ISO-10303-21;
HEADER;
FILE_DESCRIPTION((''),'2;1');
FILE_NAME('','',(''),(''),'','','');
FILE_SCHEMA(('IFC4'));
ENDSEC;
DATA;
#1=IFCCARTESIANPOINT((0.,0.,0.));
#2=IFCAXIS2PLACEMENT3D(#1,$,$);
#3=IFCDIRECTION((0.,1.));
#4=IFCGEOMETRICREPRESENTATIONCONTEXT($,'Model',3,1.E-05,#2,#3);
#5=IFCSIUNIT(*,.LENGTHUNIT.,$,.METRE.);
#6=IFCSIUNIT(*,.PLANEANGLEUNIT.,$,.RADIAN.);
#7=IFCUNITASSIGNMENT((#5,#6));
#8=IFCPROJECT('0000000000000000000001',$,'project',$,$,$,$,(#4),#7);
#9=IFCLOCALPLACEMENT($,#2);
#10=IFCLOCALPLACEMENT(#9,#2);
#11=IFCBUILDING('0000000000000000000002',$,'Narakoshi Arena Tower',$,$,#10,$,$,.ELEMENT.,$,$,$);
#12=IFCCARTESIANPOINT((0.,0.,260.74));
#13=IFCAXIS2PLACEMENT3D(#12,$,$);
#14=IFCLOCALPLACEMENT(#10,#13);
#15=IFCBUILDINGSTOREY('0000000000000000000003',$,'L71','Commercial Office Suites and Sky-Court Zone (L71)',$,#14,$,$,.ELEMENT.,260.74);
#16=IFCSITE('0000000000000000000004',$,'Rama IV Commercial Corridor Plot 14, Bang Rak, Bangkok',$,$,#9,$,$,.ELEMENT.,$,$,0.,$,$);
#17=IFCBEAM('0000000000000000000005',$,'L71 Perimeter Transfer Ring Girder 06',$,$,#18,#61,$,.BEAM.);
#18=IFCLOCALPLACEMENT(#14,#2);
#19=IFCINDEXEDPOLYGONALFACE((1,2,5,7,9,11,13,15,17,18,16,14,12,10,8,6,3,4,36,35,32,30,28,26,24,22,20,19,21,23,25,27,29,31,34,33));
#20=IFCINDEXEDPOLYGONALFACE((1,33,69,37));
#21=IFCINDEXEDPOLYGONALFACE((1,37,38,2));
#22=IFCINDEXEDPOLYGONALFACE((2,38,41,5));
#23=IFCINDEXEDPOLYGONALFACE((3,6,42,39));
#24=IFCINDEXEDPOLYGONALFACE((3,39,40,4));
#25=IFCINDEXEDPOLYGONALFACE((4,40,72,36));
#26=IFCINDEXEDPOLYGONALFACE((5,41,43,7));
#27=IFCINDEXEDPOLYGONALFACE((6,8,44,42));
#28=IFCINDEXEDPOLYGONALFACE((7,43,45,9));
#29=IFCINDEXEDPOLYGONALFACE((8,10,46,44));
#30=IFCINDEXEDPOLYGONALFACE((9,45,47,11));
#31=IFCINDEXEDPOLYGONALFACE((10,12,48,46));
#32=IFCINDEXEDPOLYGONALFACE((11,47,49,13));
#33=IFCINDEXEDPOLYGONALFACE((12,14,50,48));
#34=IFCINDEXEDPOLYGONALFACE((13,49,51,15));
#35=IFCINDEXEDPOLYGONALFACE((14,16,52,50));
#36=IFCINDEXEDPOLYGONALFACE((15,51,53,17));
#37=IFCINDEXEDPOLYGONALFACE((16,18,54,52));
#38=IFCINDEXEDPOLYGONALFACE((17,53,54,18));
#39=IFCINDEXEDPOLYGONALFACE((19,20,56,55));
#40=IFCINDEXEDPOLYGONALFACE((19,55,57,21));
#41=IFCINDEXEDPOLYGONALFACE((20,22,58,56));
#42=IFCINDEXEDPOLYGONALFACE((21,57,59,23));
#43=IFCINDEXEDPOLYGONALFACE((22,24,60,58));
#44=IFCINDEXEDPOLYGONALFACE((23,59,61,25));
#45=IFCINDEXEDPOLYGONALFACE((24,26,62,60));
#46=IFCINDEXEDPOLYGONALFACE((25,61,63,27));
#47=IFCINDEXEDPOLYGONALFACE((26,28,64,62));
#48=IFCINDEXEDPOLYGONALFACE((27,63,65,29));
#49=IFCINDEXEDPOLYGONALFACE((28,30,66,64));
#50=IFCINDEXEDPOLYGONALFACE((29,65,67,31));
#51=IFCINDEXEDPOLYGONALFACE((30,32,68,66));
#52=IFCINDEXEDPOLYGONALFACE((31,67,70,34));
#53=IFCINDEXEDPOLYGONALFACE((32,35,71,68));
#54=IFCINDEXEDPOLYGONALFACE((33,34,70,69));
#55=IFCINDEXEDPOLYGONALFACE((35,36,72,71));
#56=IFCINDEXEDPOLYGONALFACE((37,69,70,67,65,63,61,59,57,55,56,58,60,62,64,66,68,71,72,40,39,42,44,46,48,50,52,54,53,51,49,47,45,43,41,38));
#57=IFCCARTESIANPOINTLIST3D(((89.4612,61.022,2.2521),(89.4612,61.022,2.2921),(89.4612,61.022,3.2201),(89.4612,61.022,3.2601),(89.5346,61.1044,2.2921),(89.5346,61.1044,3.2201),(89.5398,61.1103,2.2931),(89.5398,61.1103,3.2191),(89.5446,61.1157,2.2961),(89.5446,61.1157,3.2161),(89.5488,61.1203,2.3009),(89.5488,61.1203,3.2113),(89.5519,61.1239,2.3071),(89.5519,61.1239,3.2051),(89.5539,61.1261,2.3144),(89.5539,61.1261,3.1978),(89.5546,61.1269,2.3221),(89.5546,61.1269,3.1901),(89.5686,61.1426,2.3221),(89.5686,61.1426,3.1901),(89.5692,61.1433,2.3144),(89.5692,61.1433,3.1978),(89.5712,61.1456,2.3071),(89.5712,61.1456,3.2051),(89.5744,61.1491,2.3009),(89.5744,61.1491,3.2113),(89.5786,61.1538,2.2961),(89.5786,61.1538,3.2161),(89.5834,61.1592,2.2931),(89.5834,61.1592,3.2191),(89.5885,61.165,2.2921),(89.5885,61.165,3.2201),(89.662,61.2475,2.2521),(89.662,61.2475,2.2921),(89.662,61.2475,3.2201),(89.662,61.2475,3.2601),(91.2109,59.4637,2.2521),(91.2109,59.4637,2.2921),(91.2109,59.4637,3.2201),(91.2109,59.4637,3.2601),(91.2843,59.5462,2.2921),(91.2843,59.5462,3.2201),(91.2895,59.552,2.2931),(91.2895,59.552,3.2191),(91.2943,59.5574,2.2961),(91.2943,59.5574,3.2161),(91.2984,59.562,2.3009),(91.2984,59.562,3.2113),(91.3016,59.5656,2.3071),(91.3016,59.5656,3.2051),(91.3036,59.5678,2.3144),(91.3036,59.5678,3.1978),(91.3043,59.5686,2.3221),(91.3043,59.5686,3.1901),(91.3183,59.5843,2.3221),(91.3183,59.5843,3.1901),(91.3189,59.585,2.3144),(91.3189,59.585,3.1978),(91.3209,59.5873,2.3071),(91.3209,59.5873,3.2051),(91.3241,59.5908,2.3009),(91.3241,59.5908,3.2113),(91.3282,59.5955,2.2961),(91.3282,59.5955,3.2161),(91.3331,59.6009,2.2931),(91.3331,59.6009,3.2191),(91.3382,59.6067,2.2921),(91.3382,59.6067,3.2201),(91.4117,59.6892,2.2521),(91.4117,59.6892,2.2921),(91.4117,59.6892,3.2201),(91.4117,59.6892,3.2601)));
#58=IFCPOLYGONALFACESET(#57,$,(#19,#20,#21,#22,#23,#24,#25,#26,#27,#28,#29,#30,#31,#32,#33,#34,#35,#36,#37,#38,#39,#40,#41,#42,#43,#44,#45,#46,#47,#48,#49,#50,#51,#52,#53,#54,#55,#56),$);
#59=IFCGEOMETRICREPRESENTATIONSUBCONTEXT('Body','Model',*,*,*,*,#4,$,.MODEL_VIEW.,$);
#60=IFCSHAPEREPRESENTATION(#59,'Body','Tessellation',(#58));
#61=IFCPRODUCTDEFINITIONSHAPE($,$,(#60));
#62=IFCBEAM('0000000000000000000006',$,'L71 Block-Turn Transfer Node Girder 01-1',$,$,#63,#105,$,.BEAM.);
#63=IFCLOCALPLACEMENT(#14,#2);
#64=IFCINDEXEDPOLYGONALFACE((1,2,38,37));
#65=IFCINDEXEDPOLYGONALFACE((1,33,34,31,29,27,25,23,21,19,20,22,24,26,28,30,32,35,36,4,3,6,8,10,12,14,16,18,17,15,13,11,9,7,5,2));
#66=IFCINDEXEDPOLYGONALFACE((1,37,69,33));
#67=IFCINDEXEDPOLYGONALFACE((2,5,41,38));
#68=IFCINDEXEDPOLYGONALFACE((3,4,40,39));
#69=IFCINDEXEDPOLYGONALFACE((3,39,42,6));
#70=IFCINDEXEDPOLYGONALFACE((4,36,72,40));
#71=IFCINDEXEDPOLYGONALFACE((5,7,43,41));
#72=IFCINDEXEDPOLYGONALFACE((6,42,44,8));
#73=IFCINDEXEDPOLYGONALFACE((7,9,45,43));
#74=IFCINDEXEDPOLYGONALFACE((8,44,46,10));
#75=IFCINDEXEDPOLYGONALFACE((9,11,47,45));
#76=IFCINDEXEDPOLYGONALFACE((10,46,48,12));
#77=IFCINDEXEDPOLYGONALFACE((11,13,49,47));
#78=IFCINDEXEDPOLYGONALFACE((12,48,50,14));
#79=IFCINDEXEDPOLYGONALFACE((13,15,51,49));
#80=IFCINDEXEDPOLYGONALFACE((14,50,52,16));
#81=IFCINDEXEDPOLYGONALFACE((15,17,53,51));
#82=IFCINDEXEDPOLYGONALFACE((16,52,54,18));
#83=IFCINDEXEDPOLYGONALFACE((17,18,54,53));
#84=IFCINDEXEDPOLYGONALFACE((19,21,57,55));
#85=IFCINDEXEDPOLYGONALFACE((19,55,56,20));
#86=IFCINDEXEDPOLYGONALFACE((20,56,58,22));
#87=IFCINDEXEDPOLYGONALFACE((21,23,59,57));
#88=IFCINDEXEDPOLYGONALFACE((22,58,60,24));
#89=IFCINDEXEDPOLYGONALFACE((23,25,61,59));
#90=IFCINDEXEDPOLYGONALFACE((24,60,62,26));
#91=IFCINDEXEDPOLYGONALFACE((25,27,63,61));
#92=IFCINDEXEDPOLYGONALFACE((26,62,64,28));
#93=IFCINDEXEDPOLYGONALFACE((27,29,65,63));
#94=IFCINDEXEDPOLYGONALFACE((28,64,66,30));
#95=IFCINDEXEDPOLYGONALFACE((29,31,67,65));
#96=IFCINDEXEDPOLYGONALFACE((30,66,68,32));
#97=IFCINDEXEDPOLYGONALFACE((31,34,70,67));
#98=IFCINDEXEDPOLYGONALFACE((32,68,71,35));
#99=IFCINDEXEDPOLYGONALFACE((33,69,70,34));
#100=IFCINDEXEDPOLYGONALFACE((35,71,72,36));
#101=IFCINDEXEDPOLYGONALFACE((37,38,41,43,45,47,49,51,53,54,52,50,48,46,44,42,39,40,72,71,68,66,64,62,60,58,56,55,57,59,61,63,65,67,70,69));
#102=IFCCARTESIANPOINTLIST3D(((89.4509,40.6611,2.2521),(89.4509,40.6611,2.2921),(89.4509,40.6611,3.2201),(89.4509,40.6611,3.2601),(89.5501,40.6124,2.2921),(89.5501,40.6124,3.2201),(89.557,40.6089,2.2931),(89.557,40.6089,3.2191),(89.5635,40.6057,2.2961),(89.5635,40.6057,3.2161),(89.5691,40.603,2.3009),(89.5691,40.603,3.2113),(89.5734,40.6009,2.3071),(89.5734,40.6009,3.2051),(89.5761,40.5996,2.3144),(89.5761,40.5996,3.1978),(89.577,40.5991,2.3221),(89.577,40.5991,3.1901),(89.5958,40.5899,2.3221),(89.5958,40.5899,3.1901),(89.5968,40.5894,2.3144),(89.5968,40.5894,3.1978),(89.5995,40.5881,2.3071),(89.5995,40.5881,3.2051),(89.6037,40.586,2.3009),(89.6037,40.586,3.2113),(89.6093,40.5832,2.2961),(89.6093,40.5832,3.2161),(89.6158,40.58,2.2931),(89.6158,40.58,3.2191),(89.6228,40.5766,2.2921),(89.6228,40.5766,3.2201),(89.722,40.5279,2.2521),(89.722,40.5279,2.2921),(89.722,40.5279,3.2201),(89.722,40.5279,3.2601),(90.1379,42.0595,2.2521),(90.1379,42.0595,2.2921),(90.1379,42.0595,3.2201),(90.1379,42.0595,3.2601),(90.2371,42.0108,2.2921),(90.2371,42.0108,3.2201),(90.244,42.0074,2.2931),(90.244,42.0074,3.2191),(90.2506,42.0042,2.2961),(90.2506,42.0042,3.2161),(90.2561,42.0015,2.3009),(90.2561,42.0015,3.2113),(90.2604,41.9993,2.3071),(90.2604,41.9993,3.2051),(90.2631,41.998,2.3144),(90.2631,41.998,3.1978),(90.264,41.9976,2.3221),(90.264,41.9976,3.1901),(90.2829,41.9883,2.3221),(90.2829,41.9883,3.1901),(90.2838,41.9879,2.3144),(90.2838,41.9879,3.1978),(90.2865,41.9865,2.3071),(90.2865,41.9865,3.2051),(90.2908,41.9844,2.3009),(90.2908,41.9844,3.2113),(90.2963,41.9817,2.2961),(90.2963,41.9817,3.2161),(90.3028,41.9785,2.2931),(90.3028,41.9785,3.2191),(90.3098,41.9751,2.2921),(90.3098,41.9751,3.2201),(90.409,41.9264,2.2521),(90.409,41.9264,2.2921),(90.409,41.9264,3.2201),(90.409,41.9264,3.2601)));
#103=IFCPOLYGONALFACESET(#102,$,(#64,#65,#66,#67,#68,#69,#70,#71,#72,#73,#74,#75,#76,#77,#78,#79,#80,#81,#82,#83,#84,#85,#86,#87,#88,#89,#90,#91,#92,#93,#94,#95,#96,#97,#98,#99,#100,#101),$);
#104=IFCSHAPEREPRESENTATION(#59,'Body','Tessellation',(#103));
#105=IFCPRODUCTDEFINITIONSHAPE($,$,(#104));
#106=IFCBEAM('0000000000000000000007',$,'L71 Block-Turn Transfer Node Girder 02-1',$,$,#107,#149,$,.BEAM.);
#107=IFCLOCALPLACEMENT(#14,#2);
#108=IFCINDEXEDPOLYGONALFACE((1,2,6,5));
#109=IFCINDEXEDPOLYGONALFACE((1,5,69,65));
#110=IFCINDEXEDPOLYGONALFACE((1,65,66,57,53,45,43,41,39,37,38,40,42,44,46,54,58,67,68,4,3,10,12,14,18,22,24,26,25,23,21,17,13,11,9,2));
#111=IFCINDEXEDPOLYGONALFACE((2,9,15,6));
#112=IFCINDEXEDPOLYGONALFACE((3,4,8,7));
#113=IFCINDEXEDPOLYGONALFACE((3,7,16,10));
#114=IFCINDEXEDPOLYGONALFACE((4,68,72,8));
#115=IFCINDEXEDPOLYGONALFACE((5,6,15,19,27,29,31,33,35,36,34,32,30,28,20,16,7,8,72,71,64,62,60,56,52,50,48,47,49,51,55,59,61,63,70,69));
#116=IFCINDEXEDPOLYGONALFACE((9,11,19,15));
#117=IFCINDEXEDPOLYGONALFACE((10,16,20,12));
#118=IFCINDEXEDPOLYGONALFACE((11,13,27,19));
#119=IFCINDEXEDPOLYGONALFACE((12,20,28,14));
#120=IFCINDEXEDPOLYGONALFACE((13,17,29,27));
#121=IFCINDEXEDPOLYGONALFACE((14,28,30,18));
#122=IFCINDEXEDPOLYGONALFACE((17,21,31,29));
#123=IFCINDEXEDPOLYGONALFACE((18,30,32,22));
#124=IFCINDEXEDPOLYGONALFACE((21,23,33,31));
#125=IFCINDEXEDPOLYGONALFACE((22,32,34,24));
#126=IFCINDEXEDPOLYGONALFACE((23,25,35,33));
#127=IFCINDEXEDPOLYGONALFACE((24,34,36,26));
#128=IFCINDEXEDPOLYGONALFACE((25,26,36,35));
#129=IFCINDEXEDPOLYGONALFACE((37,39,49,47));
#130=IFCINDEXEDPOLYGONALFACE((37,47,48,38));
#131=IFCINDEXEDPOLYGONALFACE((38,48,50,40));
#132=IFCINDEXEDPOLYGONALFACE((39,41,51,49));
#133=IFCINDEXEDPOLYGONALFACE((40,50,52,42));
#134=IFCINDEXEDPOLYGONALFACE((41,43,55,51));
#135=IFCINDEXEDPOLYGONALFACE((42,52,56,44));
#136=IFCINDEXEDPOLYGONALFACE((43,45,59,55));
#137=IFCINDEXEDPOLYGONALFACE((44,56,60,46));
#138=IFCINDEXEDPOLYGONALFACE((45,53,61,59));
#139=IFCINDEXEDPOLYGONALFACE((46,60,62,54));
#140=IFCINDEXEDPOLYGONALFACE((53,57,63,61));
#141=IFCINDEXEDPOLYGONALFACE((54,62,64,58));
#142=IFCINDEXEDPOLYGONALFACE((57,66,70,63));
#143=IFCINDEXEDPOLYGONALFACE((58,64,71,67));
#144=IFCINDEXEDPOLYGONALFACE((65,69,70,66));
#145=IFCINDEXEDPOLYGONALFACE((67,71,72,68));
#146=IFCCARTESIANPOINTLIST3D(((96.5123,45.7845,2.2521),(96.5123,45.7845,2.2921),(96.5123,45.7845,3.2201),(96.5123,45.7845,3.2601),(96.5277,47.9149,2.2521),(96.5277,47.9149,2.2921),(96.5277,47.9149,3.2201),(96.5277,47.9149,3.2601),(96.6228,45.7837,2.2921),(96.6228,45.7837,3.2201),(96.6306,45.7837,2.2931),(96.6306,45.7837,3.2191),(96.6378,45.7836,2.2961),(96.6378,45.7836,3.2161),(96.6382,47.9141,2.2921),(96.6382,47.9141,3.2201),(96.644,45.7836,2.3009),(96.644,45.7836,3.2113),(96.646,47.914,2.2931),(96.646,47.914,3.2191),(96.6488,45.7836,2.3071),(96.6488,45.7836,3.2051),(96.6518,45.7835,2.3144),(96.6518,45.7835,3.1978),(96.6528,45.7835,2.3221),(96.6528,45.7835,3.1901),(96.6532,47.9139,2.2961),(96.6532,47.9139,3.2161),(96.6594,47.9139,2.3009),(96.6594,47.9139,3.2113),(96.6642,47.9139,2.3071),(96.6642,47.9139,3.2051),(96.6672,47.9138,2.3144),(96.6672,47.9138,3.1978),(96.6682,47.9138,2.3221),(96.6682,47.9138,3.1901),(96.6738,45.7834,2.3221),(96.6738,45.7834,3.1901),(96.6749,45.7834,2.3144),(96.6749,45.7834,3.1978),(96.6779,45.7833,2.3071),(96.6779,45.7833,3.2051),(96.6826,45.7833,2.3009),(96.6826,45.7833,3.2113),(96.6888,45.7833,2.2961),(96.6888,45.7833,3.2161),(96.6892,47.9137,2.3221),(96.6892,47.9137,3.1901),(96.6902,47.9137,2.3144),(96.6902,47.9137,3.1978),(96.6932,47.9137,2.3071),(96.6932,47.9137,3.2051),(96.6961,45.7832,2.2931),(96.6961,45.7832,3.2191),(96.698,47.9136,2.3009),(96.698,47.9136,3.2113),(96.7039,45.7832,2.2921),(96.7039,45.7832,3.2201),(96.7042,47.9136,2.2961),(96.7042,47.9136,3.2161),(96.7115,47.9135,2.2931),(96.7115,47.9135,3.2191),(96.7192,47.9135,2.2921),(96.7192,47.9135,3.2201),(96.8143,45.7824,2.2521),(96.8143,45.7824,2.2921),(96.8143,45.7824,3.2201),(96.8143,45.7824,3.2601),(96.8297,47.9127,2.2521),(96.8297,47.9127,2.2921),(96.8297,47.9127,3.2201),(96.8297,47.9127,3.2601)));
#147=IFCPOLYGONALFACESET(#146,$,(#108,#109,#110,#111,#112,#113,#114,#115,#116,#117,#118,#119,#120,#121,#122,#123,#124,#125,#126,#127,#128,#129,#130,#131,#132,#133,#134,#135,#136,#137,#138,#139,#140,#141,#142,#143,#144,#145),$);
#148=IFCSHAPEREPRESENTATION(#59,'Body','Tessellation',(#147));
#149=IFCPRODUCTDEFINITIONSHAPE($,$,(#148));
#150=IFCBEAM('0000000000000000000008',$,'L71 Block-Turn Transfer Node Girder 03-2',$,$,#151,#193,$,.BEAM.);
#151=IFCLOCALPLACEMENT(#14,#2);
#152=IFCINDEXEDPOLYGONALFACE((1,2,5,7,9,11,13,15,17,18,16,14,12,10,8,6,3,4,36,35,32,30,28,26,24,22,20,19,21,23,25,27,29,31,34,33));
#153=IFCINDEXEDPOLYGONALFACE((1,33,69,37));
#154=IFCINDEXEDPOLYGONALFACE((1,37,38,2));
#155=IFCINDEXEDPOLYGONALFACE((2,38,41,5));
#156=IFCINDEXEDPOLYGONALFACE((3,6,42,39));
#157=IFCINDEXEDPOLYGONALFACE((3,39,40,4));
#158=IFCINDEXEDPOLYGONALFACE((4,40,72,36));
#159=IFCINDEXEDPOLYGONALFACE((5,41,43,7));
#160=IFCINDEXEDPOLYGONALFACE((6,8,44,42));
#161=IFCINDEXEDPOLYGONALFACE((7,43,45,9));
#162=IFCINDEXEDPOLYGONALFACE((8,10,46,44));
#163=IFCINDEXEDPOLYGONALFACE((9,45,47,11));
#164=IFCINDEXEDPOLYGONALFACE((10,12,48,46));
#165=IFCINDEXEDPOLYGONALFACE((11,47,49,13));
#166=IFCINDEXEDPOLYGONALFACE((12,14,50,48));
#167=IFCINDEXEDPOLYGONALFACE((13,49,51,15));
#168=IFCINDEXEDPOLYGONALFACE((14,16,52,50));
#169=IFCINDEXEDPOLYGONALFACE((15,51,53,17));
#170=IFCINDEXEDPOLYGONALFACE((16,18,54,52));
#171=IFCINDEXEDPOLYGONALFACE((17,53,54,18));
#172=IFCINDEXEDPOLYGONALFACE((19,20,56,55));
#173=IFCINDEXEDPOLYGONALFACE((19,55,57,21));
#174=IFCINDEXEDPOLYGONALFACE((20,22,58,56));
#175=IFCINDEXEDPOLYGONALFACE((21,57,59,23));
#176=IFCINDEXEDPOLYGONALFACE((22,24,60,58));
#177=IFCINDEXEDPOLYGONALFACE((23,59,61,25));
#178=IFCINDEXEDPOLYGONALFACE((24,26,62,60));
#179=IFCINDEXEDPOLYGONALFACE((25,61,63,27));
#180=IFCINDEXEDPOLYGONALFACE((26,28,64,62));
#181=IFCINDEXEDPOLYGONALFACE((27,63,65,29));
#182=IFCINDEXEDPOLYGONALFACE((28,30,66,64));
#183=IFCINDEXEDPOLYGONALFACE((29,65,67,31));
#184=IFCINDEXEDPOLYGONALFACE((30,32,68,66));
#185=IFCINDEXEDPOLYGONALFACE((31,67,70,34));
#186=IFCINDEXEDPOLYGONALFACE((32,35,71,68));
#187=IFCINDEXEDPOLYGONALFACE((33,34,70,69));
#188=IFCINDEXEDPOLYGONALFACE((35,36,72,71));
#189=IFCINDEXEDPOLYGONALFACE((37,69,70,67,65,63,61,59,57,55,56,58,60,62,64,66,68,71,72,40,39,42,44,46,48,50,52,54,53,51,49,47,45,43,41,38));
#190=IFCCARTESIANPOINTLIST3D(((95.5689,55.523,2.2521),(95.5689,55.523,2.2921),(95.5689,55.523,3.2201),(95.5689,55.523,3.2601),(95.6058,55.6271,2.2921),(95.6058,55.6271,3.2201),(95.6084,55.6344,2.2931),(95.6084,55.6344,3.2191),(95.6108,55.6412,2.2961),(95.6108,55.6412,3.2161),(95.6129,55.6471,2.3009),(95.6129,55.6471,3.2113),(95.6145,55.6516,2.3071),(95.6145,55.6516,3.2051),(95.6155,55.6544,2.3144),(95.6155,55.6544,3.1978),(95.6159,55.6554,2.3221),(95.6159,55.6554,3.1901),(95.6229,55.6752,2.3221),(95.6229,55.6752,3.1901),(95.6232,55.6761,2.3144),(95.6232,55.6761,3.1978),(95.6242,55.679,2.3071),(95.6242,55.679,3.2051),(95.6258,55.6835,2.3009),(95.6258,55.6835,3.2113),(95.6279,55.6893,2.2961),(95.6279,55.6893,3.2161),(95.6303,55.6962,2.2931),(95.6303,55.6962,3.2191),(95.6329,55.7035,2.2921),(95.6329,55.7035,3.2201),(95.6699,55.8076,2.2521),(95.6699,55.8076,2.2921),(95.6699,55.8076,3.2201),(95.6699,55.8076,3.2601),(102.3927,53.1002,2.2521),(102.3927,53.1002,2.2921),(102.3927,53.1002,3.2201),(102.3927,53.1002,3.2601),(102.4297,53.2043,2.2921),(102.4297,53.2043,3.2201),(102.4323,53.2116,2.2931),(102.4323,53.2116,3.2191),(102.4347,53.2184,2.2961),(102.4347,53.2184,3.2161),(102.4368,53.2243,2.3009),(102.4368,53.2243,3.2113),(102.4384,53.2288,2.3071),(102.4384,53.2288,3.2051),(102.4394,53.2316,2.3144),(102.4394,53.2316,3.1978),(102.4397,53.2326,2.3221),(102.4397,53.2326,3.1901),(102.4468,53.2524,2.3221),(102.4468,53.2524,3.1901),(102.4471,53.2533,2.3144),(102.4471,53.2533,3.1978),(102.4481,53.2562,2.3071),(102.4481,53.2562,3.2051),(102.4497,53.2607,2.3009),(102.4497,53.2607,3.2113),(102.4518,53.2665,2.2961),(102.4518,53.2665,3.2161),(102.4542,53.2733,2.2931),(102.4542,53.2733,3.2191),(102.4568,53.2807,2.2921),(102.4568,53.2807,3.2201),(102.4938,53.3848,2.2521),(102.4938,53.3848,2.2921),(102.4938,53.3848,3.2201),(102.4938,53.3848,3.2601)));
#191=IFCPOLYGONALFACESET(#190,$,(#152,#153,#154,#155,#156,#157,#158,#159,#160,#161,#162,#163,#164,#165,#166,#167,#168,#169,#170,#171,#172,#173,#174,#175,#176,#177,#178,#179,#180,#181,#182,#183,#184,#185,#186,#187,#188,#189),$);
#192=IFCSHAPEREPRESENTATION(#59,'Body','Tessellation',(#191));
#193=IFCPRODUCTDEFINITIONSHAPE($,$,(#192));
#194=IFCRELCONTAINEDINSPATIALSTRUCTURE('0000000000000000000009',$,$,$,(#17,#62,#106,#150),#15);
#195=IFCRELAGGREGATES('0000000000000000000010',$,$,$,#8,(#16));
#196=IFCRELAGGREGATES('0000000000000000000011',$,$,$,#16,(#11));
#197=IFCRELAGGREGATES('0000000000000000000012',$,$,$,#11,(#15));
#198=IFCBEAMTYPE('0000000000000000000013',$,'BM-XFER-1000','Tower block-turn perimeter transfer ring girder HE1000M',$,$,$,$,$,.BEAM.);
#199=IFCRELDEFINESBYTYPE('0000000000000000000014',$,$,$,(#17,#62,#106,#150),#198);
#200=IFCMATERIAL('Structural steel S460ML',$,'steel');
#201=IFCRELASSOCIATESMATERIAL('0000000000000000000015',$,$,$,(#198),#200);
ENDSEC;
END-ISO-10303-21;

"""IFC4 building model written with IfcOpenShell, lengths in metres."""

from ifc_helpers import new_model, si_unit, direction, frame, origin, origin_2d, place, context, subcontext, project, spatial, i_section, extrude, material, material_profile, profile_set, type_object, element, save


model = new_model("IFC4")

# Units and contexts
model_context = context("Model", 3, precision=1e-05, world=origin(), true_north=direction((0.0, 1.0)))
body_context = subcontext(model_context, "Body", "Model", "MODEL_VIEW")
ifc_project = project(units=[si_unit("LENGTHUNIT", "METRE"), si_unit("PLANEANGLEUNIT", "RADIAN")], contexts=[model_context])

# Site, building, storey
site_placement = place(None, origin())
site = spatial("IfcSite", under=ifc_project, at=site_placement, Name="Rama IV Commercial Corridor Plot 14, Bang Rak, Bangkok", CompositionType="ELEMENT", RefElevation=0.0)
building_placement = place(site_placement, origin())
building = spatial("IfcBuilding", under=site, at=building_placement, Name="Narakoshi Arena Tower", CompositionType="ELEMENT")
storey_placement = place(building_placement, frame((0.0, 0.0, 260.74)))
storey = spatial("IfcBuildingStorey", under=building, at=storey_placement, Name="L71", Description="Commercial Office Suites and Sky-Court Zone (L71)", CompositionType="ELEMENT", Elevation=260.74)

# Beams
ifc_material_1 = material(Name="Structural steel S460ML", Category="steel")
ifc_material_profile_1 = material_profile(ifc_material_1, i_section(OverallWidth=0.302, OverallDepth=1.0081, WebThickness=0.021, FlangeThickness=0.04, FilletRadius=0.03, at=origin_2d()), Name="HE1000M")
ifc_profile_set_1 = profile_set([ifc_material_profile_1], Name="Structural steel S460ML")
beam_type = type_object("IfcBeamType", Name="BM-XFER-1000", Description="Tower block-turn perimeter transfer ring girder HE1000M", PredefinedType="BEAM", material=ifc_profile_set_1)
beam_1_placement = place(storey_placement, frame((91.3113, 59.5764, 2.7561), z_axis=(-0.746771, 0.665081, 0.0), x_axis=(-0.665081, -0.746771, 0.0)))
element("IfcBeam", 1, at=beam_1_placement, inside=storey, type_object=beam_type, Name="L71 Perimeter Transfer Ring Girder 06", PredefinedType="BEAM", context=body_context, shape_type="SweptSolid", body=[
    extrude(i_section(OverallWidth=0.302, OverallDepth=1.0081, WebThickness=0.021, FlangeThickness=0.04, FilletRadius=0.03, at=origin_2d()), origin(), (0.0, 0.0, 1.0), 2.343),
])
beam_2_placement = place(storey_placement, frame((89.5864, 40.5945, 2.7561), z_axis=(0.440935, 0.897539, 0.0), x_axis=(-0.897539, 0.440935, 0.0)))
element("IfcBeam", 2, at=beam_2_placement, inside=storey, type_object=beam_type, Name="L71 Block-Turn Transfer Node Girder 01-1", PredefinedType="BEAM", context=body_context, shape_type="SweptSolid", body=[
    extrude(i_section(OverallWidth=0.302, OverallDepth=1.0081, WebThickness=0.021, FlangeThickness=0.04, FilletRadius=0.03, at=origin_2d()), origin(), (0.0, 0.0, 1.0), 1.5581),
])
beam_3_placement = place(storey_placement, frame((96.6633, 45.7834, 2.7561), z_axis=(0.00722, 0.999974, 0.0), x_axis=(-0.999974, 0.00722, 0.0)))
element("IfcBeam", 3, at=beam_3_placement, inside=storey, type_object=beam_type, Name="L71 Block-Turn Transfer Node Girder 02-1", PredefinedType="BEAM", context=body_context, shape_type="SweptSolid", body=[
    extrude(i_section(OverallWidth=0.302, OverallDepth=1.0081, WebThickness=0.021, FlangeThickness=0.04, FilletRadius=0.03, at=origin_2d()), origin(), (0.0, 0.0, 1.0), 2.1304),
])
beam_4_placement = place(storey_placement, frame((95.6194, 55.6653, 2.7561), z_axis=(0.942365, -0.334587, 0.0), x_axis=(0.334587, 0.942365, 0.0)))
element("IfcBeam", 4, at=beam_4_placement, inside=storey, type_object=beam_type, Name="L71 Block-Turn Transfer Node Girder 03-2", PredefinedType="BEAM", context=body_context, shape_type="SweptSolid", body=[
    extrude(i_section(OverallWidth=0.302, OverallDepth=1.0081, WebThickness=0.021, FlangeThickness=0.04, FilletRadius=0.03, at=origin_2d()), origin(), (0.0, 0.0, 1.0), 7.2412),
])

save(model, "model.ifc")
